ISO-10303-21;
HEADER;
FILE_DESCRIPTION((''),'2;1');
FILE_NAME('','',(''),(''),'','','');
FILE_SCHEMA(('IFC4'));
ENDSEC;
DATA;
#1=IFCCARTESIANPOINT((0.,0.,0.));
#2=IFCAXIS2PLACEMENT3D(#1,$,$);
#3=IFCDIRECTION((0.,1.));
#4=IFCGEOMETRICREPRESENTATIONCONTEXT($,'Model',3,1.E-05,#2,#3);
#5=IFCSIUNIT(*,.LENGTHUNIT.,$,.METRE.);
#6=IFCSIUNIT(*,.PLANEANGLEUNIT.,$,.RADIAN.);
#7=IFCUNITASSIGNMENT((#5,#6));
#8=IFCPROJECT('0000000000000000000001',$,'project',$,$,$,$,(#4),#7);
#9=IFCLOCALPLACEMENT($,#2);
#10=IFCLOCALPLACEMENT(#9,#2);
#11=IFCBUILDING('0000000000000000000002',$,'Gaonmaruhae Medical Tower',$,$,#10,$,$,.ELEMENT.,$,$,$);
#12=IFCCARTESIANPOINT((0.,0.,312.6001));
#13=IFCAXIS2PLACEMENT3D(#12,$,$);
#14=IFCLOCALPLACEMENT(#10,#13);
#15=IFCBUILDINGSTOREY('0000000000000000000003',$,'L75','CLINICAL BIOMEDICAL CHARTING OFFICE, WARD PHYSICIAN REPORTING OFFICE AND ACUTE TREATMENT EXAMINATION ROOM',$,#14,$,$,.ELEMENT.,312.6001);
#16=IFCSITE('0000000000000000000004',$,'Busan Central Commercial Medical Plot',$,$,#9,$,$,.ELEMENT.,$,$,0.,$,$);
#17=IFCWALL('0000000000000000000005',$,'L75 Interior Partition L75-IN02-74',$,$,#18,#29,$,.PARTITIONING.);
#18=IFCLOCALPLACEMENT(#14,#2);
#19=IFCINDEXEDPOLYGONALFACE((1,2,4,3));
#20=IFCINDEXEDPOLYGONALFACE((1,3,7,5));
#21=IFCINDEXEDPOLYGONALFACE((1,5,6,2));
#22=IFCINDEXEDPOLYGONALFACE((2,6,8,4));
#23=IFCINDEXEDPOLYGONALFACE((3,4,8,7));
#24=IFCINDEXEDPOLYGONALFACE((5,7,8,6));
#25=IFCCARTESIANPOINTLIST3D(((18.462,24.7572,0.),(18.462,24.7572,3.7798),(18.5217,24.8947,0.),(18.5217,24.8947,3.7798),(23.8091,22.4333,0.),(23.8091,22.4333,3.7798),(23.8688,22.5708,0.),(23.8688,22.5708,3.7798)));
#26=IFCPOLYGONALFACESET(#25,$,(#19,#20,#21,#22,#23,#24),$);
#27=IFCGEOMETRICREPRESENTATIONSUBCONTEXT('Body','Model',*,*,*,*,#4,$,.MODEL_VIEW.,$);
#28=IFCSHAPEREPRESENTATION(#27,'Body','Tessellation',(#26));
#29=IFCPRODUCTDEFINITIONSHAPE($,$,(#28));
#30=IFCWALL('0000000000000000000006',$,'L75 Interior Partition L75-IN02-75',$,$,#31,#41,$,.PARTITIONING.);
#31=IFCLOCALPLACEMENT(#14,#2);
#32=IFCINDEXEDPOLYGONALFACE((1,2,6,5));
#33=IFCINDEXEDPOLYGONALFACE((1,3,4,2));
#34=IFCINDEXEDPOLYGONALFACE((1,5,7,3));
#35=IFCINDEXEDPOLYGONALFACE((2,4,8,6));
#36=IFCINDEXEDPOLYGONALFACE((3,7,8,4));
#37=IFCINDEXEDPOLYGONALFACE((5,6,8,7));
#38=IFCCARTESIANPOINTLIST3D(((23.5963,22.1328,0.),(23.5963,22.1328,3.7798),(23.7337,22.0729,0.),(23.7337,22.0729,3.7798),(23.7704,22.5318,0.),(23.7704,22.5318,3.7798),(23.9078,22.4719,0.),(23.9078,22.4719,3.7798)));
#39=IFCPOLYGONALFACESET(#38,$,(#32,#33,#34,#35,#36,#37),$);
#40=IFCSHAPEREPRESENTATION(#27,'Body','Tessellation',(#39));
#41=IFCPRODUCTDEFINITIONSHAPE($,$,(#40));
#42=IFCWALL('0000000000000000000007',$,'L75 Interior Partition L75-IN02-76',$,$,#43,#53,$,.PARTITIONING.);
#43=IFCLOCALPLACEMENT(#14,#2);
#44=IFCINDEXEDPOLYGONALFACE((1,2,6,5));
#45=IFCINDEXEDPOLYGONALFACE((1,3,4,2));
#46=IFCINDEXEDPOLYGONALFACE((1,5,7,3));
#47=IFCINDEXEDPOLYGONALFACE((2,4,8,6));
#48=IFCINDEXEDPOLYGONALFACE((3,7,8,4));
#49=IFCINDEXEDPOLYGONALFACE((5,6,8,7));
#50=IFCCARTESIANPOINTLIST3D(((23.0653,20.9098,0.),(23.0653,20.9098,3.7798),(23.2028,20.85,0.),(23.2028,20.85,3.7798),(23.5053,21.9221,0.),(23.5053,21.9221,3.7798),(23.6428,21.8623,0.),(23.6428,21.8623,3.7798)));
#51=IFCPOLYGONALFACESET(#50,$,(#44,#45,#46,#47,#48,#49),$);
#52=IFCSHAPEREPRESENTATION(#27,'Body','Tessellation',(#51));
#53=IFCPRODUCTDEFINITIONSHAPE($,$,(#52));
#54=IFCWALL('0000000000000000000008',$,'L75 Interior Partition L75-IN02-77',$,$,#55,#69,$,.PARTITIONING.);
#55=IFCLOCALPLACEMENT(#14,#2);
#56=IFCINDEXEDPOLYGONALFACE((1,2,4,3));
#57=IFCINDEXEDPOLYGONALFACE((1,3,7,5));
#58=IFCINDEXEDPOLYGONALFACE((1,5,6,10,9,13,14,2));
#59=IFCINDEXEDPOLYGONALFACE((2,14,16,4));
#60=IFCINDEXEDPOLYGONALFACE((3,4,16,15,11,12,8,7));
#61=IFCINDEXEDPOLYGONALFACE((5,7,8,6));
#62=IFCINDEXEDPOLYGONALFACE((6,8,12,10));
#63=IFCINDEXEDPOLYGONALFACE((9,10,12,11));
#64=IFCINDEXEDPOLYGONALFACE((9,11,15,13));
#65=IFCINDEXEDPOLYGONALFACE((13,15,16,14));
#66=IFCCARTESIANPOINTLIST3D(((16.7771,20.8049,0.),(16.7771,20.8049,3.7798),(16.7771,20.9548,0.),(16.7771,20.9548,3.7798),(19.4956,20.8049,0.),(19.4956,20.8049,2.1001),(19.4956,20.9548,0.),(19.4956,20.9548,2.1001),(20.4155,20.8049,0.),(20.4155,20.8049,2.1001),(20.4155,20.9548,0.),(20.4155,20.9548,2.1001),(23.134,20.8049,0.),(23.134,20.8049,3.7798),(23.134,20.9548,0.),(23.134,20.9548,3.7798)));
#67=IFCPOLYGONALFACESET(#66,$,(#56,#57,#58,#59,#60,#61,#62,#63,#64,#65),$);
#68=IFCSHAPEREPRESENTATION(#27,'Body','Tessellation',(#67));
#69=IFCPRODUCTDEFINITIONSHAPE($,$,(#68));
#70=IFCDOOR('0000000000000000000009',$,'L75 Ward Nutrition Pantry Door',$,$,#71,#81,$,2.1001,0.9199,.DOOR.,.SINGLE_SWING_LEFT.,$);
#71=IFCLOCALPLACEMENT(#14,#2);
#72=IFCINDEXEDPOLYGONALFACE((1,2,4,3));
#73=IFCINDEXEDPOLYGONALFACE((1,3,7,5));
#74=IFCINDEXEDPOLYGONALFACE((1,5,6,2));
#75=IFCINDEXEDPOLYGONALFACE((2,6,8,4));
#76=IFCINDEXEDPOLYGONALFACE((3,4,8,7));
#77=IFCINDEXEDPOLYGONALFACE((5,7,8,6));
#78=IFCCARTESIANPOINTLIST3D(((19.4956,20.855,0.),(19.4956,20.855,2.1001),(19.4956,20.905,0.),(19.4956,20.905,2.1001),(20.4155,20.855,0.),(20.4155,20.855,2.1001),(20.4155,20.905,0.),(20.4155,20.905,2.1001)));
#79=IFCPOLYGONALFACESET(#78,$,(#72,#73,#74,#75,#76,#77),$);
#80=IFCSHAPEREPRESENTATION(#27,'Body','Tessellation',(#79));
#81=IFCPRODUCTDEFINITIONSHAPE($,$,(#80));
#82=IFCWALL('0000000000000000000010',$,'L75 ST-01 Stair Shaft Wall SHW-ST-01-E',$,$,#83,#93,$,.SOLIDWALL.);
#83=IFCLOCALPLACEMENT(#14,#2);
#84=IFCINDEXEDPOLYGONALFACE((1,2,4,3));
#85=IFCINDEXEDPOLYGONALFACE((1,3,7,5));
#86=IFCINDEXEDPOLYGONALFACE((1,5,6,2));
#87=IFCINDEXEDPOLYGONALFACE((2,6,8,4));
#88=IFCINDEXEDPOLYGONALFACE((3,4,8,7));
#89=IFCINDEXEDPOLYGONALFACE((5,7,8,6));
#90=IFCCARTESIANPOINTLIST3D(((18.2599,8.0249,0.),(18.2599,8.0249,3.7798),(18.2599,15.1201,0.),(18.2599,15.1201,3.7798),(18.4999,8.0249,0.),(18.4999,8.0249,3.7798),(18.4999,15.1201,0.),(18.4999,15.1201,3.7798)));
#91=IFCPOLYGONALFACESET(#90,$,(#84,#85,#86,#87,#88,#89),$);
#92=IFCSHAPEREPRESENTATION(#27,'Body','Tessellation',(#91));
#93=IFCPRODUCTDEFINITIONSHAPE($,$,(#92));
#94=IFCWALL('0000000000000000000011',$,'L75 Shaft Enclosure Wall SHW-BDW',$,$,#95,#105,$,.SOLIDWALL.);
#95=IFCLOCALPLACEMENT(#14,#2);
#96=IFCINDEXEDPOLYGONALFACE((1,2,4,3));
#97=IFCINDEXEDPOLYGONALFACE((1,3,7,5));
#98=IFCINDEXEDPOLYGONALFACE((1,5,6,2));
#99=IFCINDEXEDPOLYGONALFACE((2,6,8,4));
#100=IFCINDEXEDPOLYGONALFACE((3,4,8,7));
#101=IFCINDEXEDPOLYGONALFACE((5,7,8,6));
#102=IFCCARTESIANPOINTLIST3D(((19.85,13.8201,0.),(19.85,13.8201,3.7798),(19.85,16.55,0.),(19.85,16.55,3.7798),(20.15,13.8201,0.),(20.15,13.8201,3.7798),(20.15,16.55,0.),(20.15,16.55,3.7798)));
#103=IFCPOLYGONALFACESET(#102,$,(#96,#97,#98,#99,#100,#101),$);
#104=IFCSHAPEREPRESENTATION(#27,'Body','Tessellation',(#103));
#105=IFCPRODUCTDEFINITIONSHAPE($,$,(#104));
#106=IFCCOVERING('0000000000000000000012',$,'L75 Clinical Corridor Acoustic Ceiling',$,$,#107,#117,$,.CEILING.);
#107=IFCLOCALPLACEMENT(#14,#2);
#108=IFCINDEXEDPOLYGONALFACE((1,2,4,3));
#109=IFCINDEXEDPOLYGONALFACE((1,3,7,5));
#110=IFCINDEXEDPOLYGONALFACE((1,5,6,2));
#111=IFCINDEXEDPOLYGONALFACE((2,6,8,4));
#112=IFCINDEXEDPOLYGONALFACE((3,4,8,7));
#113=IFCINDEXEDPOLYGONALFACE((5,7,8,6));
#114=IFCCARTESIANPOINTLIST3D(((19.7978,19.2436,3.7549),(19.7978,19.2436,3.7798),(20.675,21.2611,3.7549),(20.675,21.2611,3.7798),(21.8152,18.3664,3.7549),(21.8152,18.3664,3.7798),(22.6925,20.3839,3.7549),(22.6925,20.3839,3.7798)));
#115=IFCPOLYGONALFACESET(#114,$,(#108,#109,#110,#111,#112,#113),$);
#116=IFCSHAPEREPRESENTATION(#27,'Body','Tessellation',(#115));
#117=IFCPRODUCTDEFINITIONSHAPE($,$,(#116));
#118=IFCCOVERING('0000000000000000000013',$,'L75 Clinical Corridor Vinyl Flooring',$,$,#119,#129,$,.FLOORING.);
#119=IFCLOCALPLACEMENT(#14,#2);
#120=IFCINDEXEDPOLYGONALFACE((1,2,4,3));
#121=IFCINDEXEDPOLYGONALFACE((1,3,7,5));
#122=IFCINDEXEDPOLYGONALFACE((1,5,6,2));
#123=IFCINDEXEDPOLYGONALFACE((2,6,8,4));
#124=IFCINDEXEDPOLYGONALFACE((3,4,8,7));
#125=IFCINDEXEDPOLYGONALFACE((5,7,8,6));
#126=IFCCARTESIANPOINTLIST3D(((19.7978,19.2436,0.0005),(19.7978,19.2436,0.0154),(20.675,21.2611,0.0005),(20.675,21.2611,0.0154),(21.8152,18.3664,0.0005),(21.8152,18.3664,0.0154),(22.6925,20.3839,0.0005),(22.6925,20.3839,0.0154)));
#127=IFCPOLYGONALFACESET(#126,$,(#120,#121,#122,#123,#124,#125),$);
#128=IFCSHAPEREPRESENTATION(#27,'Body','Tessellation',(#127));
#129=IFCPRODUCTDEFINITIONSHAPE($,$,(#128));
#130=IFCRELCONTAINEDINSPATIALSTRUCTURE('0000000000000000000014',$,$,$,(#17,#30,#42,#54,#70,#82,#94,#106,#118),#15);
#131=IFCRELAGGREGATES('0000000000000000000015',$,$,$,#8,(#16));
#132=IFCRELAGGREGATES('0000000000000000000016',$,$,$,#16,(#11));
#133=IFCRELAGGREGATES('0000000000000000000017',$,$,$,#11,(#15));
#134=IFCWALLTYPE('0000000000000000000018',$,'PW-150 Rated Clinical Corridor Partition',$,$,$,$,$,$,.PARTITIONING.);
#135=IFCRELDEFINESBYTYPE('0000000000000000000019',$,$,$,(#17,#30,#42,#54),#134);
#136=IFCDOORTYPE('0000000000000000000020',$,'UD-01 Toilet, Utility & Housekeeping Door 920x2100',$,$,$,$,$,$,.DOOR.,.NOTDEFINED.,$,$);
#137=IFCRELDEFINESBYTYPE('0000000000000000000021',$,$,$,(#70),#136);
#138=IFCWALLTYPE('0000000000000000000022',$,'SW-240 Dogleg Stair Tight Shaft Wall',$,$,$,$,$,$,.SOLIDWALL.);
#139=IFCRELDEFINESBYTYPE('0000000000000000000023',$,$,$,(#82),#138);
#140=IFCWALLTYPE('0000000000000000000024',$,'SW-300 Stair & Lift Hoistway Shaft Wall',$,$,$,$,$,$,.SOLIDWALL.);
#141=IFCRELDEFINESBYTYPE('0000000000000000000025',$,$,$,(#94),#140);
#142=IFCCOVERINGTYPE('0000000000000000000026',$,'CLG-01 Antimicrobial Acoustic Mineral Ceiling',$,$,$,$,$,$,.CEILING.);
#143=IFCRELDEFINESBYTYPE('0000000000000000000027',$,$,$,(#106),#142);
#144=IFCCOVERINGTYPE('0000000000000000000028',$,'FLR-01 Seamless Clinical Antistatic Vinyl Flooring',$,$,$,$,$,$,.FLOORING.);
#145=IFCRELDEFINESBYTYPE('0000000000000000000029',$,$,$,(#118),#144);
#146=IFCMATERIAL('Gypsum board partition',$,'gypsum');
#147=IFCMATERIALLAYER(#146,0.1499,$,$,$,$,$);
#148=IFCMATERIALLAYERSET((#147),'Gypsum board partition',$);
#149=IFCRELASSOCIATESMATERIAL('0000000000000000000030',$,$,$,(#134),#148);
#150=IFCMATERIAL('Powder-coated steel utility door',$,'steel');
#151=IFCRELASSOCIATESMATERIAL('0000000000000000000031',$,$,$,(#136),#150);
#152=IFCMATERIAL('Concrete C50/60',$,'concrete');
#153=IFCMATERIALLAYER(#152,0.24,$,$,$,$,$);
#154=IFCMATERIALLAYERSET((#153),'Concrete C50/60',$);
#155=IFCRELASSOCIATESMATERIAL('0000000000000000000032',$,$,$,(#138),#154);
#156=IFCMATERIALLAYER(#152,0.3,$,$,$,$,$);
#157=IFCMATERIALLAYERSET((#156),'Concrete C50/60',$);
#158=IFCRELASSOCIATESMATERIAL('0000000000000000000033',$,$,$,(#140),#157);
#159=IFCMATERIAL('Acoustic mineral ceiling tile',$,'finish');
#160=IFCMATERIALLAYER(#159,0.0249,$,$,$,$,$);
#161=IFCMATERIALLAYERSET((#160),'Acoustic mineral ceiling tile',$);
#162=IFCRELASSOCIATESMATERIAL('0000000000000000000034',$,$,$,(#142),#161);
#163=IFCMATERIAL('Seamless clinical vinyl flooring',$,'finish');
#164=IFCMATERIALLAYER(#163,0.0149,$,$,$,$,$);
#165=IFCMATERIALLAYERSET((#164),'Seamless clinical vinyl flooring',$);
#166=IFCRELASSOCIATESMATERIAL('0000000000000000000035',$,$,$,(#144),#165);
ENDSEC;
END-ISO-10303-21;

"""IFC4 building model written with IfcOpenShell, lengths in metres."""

from ifc_helpers import new_model, si_unit, direction, frame, frame_2d, origin, origin_2d, place, context, subcontext, project, spatial, rectangle, extrude, material, layer, layer_set, type_object, element, fill, save


model = new_model("IFC4")

# Units and contexts
model_context = context("Model", 3, precision=1e-05, world=origin(), true_north=direction((0.0, 1.0)))
body_context = subcontext(model_context, "Body", "Model", "MODEL_VIEW")
ifc_project = project(units=[si_unit("LENGTHUNIT", "METRE"), si_unit("PLANEANGLEUNIT", "RADIAN")], contexts=[model_context])

# Site, building, storey
site_placement = place(None, origin())
site = spatial("IfcSite", under=ifc_project, at=site_placement, Name="Busan Central Commercial Medical Plot", CompositionType="ELEMENT", RefElevation=0.0)
building_placement = place(site_placement, origin())
building = spatial("IfcBuilding", under=site, at=building_placement, Name="Gaonmaruhae Medical Tower", CompositionType="ELEMENT")
storey_placement = place(building_placement, frame((0.0, 0.0, 312.6001)))
storey = spatial("IfcBuildingStorey", under=building, at=storey_placement, Name="L75", Description="CLINICAL BIOMEDICAL CHARTING OFFICE, WARD PHYSICIAN REPORTING OFFICE AND ACUTE TREATMENT EXAMINATION ROOM", CompositionType="ELEMENT", Elevation=312.6001)

# Shared definitions
ifc_material_1 = material(Name="Concrete C50/60", Category="concrete")

# Walls
ifc_material_2 = material(Name="Gypsum board partition", Category="gypsum")
ifc_layer_1 = layer(ifc_material_2, 0.1499)
ifc_layer_set_1 = layer_set([ifc_layer_1], Name="Gypsum board partition")
wall_type_1 = type_object("IfcWallType", Name="PW-150 Rated Clinical Corridor Partition", PredefinedType="PARTITIONING", material=ifc_layer_set_1)
wall_1_placement = place(storey_placement, frame((18.4919, 24.8259, 0.0), z_axis=(0.0, 0.0, 1.0), x_axis=(0.917125, -0.398599, 0.0)))
element("IfcWall", 1, at=wall_1_placement, inside=storey, type_object=wall_type_1, Name="L75 Interior Partition L75-IN02-74", PredefinedType="PARTITIONING", context=body_context, shape_type="SweptSolid", body=[
    extrude(rectangle(XDim=5.8303, YDim=0.1499, at=frame_2d((2.915, 0.0))), origin(), (0.0, 0.0, 1.0), 3.7798),
])
wall_2_placement = place(storey_placement, frame((23.8391, 22.502, 0.0), z_axis=(0.0, 0.0, 1.0), x_axis=(-0.399936, -0.916543, 0.0)))
element("IfcWall", 2, at=wall_2_placement, inside=storey, type_object=wall_type_1, Name="L75 Interior Partition L75-IN02-75", PredefinedType="PARTITIONING", context=body_context, shape_type="SweptSolid", body=[
    extrude(rectangle(XDim=0.4353, YDim=0.1499, at=frame_2d((0.2178, 0.0))), origin(), (0.0, 0.0, 1.0), 3.7798),
])
wall_3_placement = place(storey_placement, frame((23.574, 21.8921, 0.0), z_axis=(0.0, 0.0, 1.0), x_axis=(-0.398613, -0.917119, 0.0)))
element("IfcWall", 3, at=wall_3_placement, inside=storey, type_object=wall_type_1, Name="L75 Interior Partition L75-IN02-76", PredefinedType="PARTITIONING", context=body_context, shape_type="SweptSolid", body=[
    extrude(rectangle(XDim=1.1038, YDim=0.1499, at=frame_2d((0.5518, 0.0))), origin(), (0.0, 0.0, 1.0), 3.7798),
])

# Wall, opening, door
wall_4_placement = place(storey_placement, frame((23.134, 20.8799, 0.0), z_axis=(0.0, 0.0, 1.0), x_axis=(-1.0, 0.0, 0.0)))
wall_4 = element("IfcWall", 4, at=wall_4_placement, inside=storey, type_object=wall_type_1, Name="L75 Interior Partition L75-IN02-77", PredefinedType="PARTITIONING", context=body_context, shape_type="SweptSolid", body=[
    extrude(rectangle(XDim=6.3569, YDim=0.1499, at=frame_2d((3.1785, 0.0))), origin(), (0.0, 0.0, 1.0), 3.7798),
])
opening_1_placement = place(wall_4_placement, frame((2.7185, 0.0, 0.0)))
opening_1 = element("IfcOpeningElement", 5, at=opening_1_placement, cuts=wall_4, PredefinedType="OPENING", context=body_context, shape_type="SweptSolid", body=[
    extrude(rectangle(XDim=0.9199, YDim=2.1001, at=frame_2d((0.46, 1.05))), frame((0.0, 0.085, 0.0), z_axis=(0.0, -1.0, 0.0), x_axis=(1.0, 0.0, 0.0)), (0.0, 0.0, 1.0), 0.1699),
])
ifc_material_3 = material(Name="Powder-coated steel utility door", Category="steel")
door_type_1 = type_object("IfcDoorType", Name="UD-01 Toilet, Utility & Housekeeping Door 920x2100", OperationType="NOTDEFINED", PredefinedType="DOOR", material=ifc_material_3)
door_1_placement = place(opening_1_placement, origin())
door_1 = element("IfcDoor", 6, at=door_1_placement, inside=storey, type_object=door_type_1, Name="L75 Ward Nutrition Pantry Door", OperationType="SINGLE_SWING_LEFT", OverallHeight=2.1001, OverallWidth=0.9199, PredefinedType="DOOR", context=body_context, shape_type="SweptSolid", body=[
    extrude(rectangle(XDim=0.9199, YDim=2.1001, at=frame_2d((0.46, 1.05))), frame((0.0, 0.0249, 0.0), z_axis=(0.0, -1.0, 0.0), x_axis=(1.0, 0.0, 0.0)), (0.0, 0.0, 1.0), 0.05),
])
fill(opening_1, door_1)

# Wall
ifc_layer_2 = layer(ifc_material_1, 0.24)
ifc_layer_set_2 = layer_set([ifc_layer_2], Name="Concrete C50/60")
wall_type_2 = type_object("IfcWallType", Name="SW-240 Dogleg Stair Tight Shaft Wall", PredefinedType="SOLIDWALL", material=ifc_layer_set_2)
wall_5_placement = place(storey_placement, frame((18.3799, 15.1201, 0.0), z_axis=(0.0, 0.0, 1.0), x_axis=(0.0, -1.0, 0.0)))
element("IfcWall", 7, at=wall_5_placement, inside=storey, type_object=wall_type_2, Name="L75 ST-01 Stair Shaft Wall SHW-ST-01-E", PredefinedType="SOLIDWALL", context=body_context, shape_type="SweptSolid", body=[
    extrude(rectangle(XDim=7.0952, YDim=0.24, at=frame_2d((3.5476, 0.0))), origin(), (0.0, 0.0, 1.0), 3.7798),
])

# Shared definitions
ifc_layer_3 = layer(ifc_material_1, 0.3)
ifc_layer_set_3 = layer_set([ifc_layer_3], Name="Concrete C50/60")
wall_type_3 = type_object("IfcWallType", Name="SW-300 Stair & Lift Hoistway Shaft Wall", PredefinedType="SOLIDWALL", material=ifc_layer_set_3)

# Wall
wall_6_placement = place(storey_placement, frame((20.0, 13.8201, 0.0), z_axis=(0.0, 0.0, 1.0), x_axis=(0.0, 1.0, 0.0)))
element("IfcWall", 8, at=wall_6_placement, inside=storey, type_object=wall_type_3, Name="L75 Shaft Enclosure Wall SHW-BDW", PredefinedType="SOLIDWALL", context=body_context, shape_type="SweptSolid", body=[
    extrude(rectangle(XDim=2.73, YDim=0.3, at=frame_2d((1.365, 0.0))), origin(), (0.0, 0.0, 1.0), 3.7798),
])

# Coverings
ifc_material_4 = material(Name="Acoustic mineral ceiling tile", Category="finish")
ifc_layer_4 = layer(ifc_material_4, 0.0249)
ifc_layer_set_4 = layer_set([ifc_layer_4], Name="Acoustic mineral ceiling tile")
covering_type_1 = type_object("IfcCoveringType", Name="CLG-01 Antimicrobial Acoustic Mineral Ceiling", PredefinedType="CEILING", material=ifc_layer_set_4)
covering_1_placement = place(storey_placement, frame((21.2451, 19.8137, 3.7549), z_axis=(0.0, 0.0, 1.0), x_axis=(0.398749, 0.91706, 0.0)))
element("IfcCovering", 9, at=covering_1_placement, inside=storey, type_object=covering_type_1, Name="L75 Clinical Corridor Acoustic Ceiling", PredefinedType="CEILING", context=body_context, shape_type="SweptSolid", body=[
    extrude(rectangle(XDim=2.2, YDim=2.2, at=origin_2d()), origin(), (0.0, 0.0, 1.0), 0.0249),
])
ifc_material_5 = material(Name="Seamless clinical vinyl flooring", Category="finish")
ifc_layer_5 = layer(ifc_material_5, 0.0149)
ifc_layer_set_5 = layer_set([ifc_layer_5], Name="Seamless clinical vinyl flooring")
covering_type_2 = type_object("IfcCoveringType", Name="FLR-01 Seamless Clinical Antistatic Vinyl Flooring", PredefinedType="FLOORING", material=ifc_layer_set_5)
covering_2_placement = place(storey_placement, frame((21.2451, 19.8137, 0.0005), z_axis=(0.0, 0.0, 1.0), x_axis=(0.398749, 0.91706, 0.0)))
element("IfcCovering", 10, at=covering_2_placement, inside=storey, type_object=covering_type_2, Name="L75 Clinical Corridor Vinyl Flooring", PredefinedType="FLOORING", context=body_context, shape_type="SweptSolid", body=[
    extrude(rectangle(XDim=2.2, YDim=2.2, at=origin_2d()), origin(), (0.0, 0.0, 1.0), 0.0149),
])

save(model, "model.ifc")
